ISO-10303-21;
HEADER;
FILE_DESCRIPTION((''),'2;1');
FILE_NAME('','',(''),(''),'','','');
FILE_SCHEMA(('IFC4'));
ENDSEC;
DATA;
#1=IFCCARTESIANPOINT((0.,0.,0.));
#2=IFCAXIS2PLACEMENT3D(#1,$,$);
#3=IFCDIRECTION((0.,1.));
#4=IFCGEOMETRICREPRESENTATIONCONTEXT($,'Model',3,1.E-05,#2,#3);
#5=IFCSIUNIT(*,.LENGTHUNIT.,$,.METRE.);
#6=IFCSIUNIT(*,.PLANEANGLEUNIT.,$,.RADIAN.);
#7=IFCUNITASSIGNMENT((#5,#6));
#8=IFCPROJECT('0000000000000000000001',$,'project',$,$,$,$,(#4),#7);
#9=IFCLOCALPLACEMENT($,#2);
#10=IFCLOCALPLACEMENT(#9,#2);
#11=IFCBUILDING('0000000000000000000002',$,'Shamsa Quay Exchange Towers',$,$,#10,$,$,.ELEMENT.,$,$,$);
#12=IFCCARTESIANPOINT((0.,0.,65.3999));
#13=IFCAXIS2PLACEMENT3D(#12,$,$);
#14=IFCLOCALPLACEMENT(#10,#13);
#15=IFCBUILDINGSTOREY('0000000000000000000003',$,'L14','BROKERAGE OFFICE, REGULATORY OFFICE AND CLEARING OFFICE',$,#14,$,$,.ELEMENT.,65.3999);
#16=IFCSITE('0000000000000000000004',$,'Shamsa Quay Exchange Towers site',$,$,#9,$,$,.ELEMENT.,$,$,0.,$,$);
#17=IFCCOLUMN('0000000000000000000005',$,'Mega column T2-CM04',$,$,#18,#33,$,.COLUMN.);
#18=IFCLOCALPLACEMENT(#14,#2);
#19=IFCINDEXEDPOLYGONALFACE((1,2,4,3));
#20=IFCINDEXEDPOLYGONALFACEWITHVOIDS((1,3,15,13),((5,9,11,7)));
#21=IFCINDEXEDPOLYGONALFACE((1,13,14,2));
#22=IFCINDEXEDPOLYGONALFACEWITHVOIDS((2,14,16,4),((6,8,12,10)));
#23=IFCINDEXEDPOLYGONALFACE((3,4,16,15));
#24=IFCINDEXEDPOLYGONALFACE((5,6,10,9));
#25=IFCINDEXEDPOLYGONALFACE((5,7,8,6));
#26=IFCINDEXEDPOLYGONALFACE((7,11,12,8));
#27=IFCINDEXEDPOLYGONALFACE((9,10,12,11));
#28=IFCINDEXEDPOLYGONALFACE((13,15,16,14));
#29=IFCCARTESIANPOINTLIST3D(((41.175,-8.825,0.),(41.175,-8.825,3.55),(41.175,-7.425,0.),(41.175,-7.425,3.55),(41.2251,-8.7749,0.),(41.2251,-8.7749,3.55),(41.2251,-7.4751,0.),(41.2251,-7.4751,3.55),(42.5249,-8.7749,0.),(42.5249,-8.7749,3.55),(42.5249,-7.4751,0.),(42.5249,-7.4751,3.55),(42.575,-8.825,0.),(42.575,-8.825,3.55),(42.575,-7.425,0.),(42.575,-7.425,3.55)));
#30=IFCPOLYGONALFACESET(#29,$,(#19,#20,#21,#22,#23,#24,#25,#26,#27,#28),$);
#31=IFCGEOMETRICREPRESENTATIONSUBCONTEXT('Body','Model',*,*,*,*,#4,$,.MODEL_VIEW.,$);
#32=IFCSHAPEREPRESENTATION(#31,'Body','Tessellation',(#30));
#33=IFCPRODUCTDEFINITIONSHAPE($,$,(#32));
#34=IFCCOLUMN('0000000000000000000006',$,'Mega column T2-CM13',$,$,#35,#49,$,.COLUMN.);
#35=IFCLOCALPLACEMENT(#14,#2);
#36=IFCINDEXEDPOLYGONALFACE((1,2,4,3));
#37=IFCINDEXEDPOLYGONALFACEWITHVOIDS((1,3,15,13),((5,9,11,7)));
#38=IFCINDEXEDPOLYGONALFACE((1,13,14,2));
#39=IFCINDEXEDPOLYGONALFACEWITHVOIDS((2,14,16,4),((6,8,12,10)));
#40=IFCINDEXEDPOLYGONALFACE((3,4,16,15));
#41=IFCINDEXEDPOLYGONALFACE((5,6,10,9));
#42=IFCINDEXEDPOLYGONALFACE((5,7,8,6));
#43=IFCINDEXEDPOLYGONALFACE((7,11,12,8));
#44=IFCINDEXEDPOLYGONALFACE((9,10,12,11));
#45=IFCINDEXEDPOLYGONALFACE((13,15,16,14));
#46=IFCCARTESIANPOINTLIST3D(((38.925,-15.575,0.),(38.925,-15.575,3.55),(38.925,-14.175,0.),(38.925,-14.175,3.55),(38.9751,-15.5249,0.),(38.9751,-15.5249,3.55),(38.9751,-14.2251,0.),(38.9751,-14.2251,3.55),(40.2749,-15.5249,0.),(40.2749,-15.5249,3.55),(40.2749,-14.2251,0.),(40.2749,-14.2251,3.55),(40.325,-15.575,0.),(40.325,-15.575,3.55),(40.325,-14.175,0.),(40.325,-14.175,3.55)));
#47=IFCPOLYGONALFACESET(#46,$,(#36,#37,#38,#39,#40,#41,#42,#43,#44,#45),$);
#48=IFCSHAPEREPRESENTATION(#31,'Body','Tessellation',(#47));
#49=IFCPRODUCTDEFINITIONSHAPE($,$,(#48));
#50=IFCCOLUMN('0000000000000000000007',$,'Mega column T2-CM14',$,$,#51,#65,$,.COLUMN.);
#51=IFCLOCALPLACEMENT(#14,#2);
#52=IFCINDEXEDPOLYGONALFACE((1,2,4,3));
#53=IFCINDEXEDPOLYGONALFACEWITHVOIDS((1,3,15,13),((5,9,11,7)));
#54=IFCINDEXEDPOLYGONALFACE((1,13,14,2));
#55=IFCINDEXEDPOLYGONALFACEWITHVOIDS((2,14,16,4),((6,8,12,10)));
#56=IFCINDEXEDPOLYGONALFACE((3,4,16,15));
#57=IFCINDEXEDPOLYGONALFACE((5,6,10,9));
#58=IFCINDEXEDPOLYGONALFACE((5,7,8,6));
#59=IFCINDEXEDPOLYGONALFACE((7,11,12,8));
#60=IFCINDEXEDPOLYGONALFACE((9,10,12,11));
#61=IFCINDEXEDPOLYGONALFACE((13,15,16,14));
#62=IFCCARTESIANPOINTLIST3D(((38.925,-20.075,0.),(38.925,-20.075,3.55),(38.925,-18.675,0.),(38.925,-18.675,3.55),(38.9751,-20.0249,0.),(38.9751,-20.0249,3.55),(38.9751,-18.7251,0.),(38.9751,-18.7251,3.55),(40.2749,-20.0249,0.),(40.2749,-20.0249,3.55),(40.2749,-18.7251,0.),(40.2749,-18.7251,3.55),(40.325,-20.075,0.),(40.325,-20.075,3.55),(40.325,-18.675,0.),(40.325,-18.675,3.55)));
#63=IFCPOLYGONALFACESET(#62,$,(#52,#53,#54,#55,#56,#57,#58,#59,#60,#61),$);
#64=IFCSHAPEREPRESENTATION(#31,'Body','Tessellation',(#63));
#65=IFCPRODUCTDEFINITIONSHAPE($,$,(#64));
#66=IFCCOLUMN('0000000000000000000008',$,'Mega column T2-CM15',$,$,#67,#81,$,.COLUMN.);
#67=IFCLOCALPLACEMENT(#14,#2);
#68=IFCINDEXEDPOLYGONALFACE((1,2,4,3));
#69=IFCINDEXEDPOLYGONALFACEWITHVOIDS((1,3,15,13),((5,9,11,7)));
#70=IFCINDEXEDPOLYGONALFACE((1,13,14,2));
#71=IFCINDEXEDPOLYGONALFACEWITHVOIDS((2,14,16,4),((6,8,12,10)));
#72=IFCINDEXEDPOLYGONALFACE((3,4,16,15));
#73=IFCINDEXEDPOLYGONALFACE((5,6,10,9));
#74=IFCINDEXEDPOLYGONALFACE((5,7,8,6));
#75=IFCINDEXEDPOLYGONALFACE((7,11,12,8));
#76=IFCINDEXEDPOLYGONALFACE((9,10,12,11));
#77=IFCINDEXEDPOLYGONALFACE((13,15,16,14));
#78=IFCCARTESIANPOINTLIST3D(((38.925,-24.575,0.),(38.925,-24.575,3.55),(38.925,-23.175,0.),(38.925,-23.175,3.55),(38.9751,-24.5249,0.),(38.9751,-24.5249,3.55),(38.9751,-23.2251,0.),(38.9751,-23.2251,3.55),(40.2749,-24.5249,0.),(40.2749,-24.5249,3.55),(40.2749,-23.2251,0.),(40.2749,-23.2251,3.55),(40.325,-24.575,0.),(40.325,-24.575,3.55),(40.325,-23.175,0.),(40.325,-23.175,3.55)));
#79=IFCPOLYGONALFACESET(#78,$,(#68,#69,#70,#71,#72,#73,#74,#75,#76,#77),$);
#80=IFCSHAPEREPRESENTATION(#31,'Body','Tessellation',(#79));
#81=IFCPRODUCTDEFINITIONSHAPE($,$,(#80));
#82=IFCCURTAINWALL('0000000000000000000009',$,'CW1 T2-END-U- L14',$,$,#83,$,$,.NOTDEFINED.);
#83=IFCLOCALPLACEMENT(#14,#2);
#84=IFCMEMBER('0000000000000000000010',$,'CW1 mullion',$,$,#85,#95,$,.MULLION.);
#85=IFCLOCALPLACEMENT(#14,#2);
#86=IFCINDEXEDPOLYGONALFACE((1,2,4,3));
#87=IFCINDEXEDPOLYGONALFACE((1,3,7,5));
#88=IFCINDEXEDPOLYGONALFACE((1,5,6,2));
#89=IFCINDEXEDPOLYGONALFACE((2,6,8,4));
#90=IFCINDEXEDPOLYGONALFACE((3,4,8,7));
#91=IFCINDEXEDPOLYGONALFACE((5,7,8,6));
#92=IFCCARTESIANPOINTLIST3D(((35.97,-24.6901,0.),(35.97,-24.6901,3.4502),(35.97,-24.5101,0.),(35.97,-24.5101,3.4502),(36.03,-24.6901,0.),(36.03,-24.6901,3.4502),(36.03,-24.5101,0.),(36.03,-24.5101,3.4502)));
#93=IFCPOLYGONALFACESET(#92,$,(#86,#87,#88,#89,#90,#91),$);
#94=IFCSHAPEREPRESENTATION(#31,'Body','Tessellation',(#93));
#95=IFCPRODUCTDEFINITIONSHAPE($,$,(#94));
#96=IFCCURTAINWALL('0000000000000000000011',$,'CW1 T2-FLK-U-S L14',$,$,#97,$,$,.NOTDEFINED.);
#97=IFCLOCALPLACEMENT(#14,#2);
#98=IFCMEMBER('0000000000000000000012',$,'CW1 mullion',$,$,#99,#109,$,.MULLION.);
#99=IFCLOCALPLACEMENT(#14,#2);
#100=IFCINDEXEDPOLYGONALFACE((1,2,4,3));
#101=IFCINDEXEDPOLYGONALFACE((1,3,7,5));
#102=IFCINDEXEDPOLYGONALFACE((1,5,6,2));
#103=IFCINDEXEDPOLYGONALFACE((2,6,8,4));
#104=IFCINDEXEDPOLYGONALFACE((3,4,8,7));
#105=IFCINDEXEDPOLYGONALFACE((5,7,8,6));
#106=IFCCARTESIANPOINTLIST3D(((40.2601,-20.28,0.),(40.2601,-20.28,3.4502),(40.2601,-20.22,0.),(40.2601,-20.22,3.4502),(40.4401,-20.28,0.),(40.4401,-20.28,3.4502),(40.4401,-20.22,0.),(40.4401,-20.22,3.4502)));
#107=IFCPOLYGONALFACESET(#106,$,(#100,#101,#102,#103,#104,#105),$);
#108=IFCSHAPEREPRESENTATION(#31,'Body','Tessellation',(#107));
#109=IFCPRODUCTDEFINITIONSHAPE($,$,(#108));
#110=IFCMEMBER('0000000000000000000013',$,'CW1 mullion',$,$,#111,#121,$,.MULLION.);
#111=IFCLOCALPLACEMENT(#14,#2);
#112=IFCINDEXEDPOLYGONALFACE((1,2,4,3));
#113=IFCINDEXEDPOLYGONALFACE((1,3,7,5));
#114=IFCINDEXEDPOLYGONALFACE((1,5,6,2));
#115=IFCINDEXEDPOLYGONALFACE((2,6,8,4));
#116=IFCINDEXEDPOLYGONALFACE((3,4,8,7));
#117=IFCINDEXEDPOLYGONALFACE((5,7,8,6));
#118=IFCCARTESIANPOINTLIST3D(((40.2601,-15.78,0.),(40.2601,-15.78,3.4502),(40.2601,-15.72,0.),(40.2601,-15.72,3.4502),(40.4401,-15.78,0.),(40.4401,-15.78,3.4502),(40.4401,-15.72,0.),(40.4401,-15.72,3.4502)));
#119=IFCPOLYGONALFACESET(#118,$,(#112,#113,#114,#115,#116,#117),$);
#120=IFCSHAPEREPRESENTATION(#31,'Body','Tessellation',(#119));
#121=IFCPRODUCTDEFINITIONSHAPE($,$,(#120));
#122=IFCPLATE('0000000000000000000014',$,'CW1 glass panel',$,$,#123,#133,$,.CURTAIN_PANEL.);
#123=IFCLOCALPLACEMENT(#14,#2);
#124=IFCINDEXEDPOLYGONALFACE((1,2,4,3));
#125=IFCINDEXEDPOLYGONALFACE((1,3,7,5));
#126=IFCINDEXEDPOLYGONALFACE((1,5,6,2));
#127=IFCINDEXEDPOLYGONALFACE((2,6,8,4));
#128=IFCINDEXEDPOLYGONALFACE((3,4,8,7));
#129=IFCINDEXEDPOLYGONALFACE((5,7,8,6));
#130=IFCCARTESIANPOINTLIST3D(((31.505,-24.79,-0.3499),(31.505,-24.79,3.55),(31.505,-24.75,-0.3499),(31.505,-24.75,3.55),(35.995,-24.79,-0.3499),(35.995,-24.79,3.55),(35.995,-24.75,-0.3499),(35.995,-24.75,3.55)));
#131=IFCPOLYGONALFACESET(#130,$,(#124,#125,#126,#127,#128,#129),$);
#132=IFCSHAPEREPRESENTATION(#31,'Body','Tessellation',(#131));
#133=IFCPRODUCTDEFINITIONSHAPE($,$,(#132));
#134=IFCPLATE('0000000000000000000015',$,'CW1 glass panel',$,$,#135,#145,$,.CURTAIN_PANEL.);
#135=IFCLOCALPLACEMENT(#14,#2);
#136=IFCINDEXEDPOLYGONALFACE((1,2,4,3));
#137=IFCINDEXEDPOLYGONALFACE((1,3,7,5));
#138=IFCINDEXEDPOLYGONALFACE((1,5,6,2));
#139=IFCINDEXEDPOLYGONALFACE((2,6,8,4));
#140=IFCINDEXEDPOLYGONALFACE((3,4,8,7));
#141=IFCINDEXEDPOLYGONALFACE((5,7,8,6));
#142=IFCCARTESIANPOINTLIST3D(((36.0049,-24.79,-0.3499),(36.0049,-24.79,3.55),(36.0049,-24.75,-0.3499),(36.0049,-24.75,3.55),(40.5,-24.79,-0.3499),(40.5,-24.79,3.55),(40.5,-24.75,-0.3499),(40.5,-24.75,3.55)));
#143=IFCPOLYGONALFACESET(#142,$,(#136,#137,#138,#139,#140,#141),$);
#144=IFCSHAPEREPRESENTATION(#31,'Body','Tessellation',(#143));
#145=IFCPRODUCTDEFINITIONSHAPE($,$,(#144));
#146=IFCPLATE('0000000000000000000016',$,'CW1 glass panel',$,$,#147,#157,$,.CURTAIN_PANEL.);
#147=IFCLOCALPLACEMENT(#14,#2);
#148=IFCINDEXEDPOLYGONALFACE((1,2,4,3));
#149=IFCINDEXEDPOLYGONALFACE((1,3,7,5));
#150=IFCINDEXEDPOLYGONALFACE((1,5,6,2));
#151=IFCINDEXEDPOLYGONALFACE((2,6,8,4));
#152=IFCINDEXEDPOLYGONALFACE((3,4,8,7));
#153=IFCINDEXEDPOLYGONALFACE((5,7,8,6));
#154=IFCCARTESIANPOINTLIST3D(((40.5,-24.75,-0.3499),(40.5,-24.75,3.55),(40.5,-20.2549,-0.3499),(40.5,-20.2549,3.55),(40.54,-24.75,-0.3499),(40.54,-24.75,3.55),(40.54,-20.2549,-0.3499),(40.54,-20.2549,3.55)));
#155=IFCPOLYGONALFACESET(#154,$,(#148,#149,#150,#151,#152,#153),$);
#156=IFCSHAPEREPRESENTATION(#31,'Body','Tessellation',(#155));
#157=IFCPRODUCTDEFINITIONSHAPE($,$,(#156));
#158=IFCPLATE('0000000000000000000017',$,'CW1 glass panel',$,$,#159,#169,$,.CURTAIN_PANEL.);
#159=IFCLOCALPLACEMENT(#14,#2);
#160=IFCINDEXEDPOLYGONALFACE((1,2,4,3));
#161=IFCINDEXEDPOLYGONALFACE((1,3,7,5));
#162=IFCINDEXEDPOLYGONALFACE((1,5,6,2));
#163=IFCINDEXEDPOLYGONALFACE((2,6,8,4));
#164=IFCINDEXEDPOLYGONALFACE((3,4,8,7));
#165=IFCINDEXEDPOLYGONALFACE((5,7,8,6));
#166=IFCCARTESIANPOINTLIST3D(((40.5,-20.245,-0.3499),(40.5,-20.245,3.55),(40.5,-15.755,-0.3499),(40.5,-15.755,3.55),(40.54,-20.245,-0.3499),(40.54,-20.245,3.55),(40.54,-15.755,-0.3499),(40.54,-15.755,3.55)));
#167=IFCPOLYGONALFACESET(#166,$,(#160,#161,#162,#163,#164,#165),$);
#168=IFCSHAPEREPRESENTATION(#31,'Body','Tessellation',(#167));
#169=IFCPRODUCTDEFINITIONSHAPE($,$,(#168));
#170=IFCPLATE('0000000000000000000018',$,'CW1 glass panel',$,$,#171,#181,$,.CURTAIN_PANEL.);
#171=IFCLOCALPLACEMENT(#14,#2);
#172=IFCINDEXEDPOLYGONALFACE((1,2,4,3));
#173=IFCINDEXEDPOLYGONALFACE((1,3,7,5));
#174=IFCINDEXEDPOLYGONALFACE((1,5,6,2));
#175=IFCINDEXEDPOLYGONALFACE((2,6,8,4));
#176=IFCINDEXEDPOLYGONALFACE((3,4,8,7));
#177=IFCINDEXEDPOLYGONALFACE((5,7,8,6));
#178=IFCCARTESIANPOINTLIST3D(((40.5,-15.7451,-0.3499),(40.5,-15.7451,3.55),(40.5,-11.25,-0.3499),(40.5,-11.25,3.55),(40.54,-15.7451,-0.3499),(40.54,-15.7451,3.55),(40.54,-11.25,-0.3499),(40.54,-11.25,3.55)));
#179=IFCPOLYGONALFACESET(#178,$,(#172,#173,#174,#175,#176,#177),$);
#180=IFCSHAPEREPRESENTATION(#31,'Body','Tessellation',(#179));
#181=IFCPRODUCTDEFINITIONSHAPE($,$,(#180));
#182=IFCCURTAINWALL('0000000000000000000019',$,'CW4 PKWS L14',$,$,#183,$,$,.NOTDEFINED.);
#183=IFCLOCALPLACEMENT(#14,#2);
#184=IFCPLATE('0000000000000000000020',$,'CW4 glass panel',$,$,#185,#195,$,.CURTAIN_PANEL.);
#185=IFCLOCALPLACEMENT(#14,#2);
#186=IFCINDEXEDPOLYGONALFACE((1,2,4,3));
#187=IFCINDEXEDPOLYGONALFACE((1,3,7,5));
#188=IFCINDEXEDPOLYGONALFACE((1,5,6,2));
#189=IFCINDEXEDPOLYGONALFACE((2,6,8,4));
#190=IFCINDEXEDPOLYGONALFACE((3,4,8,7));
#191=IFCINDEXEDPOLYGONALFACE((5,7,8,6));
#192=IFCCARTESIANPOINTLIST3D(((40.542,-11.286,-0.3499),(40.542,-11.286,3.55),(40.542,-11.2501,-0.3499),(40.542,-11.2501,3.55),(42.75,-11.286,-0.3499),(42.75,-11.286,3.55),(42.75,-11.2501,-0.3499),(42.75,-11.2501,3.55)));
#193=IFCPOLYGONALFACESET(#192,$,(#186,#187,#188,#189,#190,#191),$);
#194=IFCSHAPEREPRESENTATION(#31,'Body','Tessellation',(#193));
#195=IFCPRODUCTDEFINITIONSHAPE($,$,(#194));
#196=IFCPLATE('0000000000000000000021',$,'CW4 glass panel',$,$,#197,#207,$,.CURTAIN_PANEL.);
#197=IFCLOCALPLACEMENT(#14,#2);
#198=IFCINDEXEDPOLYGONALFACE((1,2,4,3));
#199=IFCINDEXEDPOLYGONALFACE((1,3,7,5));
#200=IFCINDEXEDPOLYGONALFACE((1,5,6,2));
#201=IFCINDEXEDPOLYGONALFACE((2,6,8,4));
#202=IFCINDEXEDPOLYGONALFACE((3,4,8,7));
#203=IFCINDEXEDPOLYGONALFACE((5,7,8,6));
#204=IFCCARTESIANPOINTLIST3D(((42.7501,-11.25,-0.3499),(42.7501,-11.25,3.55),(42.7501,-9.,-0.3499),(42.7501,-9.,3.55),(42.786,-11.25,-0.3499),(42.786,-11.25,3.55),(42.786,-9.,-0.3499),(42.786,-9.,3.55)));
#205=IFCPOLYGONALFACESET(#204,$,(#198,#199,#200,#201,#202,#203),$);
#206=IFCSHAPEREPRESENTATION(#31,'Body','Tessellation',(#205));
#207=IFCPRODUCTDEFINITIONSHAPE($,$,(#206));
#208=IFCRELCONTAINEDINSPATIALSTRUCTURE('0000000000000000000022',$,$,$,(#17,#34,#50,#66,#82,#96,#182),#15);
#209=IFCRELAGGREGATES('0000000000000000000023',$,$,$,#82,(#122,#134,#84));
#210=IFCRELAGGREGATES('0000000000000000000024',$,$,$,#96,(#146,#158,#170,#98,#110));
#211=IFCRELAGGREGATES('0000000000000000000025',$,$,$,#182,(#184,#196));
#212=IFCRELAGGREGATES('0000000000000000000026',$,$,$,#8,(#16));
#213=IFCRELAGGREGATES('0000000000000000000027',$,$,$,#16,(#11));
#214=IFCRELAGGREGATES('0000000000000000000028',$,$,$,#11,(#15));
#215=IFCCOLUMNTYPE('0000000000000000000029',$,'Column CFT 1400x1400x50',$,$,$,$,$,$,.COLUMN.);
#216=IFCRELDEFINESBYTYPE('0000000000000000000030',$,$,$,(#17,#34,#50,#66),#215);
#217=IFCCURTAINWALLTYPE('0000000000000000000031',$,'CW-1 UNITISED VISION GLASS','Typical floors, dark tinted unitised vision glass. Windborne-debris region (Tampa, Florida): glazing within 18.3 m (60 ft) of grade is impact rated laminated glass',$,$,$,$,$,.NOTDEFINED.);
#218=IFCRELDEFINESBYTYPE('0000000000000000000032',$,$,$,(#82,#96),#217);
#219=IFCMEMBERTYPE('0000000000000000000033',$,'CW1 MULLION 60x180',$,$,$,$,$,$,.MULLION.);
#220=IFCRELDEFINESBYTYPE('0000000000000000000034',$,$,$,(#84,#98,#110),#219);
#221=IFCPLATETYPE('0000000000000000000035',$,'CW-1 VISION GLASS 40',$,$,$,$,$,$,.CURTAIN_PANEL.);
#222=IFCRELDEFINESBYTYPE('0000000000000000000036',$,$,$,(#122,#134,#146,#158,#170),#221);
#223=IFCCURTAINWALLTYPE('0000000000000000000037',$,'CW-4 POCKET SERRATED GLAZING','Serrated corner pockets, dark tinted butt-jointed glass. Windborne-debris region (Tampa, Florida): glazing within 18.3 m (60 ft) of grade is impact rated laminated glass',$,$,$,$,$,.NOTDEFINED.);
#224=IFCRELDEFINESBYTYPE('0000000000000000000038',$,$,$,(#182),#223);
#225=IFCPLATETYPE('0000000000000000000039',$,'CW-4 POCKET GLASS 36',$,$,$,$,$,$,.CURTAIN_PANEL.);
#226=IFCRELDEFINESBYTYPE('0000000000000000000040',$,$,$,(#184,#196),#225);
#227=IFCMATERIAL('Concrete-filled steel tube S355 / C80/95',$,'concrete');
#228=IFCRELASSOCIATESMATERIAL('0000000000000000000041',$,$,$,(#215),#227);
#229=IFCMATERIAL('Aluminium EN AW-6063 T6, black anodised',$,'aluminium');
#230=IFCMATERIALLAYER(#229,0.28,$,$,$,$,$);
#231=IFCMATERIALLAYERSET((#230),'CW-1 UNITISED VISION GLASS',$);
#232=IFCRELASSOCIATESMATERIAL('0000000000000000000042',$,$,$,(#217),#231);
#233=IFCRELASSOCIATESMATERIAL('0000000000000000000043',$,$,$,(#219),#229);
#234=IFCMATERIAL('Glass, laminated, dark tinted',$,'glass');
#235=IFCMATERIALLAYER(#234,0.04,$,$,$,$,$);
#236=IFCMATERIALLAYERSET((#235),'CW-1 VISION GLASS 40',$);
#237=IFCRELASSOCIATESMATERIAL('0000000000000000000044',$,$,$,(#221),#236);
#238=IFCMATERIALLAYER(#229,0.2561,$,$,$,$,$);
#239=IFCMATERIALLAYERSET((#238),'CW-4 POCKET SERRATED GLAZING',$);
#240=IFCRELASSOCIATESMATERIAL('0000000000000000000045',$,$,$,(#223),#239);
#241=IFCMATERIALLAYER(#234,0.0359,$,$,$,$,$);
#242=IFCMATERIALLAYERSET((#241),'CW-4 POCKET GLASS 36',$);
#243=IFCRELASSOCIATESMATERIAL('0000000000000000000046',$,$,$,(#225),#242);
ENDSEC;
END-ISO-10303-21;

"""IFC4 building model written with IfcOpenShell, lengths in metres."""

from ifc_helpers import new_model, si_unit, direction, frame, origin, origin_2d, place, context, subcontext, project, spatial, rectangle, hollow_rectangle, extrude, material, layer, layer_set, material_profile, profile_set, type_object, element, aggregate, save


model = new_model("IFC4")

# Units and contexts
model_context = context("Model", 3, precision=1e-05, world=origin(), true_north=direction((0.0, 1.0)))
body_context = subcontext(model_context, "Body", "Model", "MODEL_VIEW")
ifc_project = project(units=[si_unit("LENGTHUNIT", "METRE"), si_unit("PLANEANGLEUNIT", "RADIAN")], contexts=[model_context])

# Site, building, storey
site_placement = place(None, origin())
site = spatial("IfcSite", under=ifc_project, at=site_placement, Name="Shamsa Quay Exchange Towers site", CompositionType="ELEMENT", RefElevation=0.0)
building_placement = place(site_placement, origin())
building = spatial("IfcBuilding", under=site, at=building_placement, Name="Shamsa Quay Exchange Towers", CompositionType="ELEMENT")
storey_placement = place(building_placement, frame((0.0, 0.0, 65.3999)))
storey = spatial("IfcBuildingStorey", under=building, at=storey_placement, Name="L14", Description="BROKERAGE OFFICE, REGULATORY OFFICE AND CLEARING OFFICE", CompositionType="ELEMENT", Elevation=65.3999)

# Columns
ifc_material_1 = material(Name="Concrete-filled steel tube S355 / C80/95", Category="concrete")
ifc_material_profile_1 = material_profile(ifc_material_1, hollow_rectangle(XDim=1.3999, YDim=1.3999, WallThickness=0.05, at=origin_2d()), Name="CFT 1400x1400x50")
ifc_profile_set_1 = profile_set([ifc_material_profile_1], Name="Concrete-filled steel tube S355 / C80/95")
column_type = type_object("IfcColumnType", Name="Column CFT 1400x1400x50", PredefinedType="COLUMN", material=ifc_profile_set_1)
for number, where, name in (
    (1, (41.875, -8.125, 0.0), "Mega column T2-CM04"),
    (2, (39.625, -14.875, 0.0), "Mega column T2-CM13"),
    (3, (39.625, -19.375, 0.0), "Mega column T2-CM14"),
    (4, (39.625, -23.875, 0.0), "Mega column T2-CM15"),
):
    element("IfcColumn", number, at=place(storey_placement, frame(where)), inside=storey, type_object=column_type, Name=name, PredefinedType="COLUMN", context=body_context, shape_type="SweptSolid", body=[
        extrude(hollow_rectangle(XDim=1.3999, YDim=1.3999, WallThickness=0.05, at=origin_2d()), origin(), (0.0, 0.0, 1.0), 3.55),
    ])

# Curtain wall, member
ifc_material_2 = material(Name="Aluminium EN AW-6063 T6, black anodised", Category="aluminium")
ifc_layer_1 = layer(ifc_material_2, 0.28)
ifc_layer_set_1 = layer_set([ifc_layer_1], Name="CW-1 UNITISED VISION GLASS")
curtain_wall_type_1 = type_object("IfcCurtainWallType", Name="CW-1 UNITISED VISION GLASS", Description="Typical floors, dark tinted unitised vision glass. Windborne-debris region (Tampa, Florida): glazing within 18.3 m (60 ft) of grade is impact rated laminated glass", PredefinedType="NOTDEFINED", material=ifc_layer_set_1)
curtain_wall_1_placement = place(storey_placement, origin())
curtain_wall_1 = element("IfcCurtainWall", 5, at=curtain_wall_1_placement, inside=storey, type_object=curtain_wall_type_1, Name="CW1 T2-END-U- L14", PredefinedType="NOTDEFINED")
ifc_material_profile_2 = material_profile(ifc_material_2, rectangle(XDim=0.1799, YDim=0.0601, at=origin_2d()), Name="MU60x180")
ifc_profile_set_2 = profile_set([ifc_material_profile_2], Name="Aluminium EN AW-6063 T6, black anodised")
member_type = type_object("IfcMemberType", Name="CW1 MULLION 60x180", PredefinedType="MULLION", material=ifc_profile_set_2)
member_1_placement = place(storey_placement, frame((36.0, -24.6001, 0.0), z_axis=(0.0, 0.0, 1.0), x_axis=(0.0, 1.0, 0.0)))
member_1 = element("IfcMember", 6, at=member_1_placement, type_object=member_type, Name="CW1 mullion", PredefinedType="MULLION", context=body_context, shape_type="SweptSolid", body=[
    extrude(rectangle(XDim=0.1799, YDim=0.0601, at=origin_2d()), origin(), (0.0, 0.0, 1.0), 3.4502),
])

# Curtain wall, members
curtain_wall_2_placement = place(storey_placement, origin())
curtain_wall_2 = element("IfcCurtainWall", 7, at=curtain_wall_2_placement, inside=storey, type_object=curtain_wall_type_1, Name="CW1 T2-FLK-U-S L14", PredefinedType="NOTDEFINED")
member_2_placement = place(storey_placement, frame((40.3501, -20.25, 0.0), z_axis=(0.0, 0.0, 1.0), x_axis=(-1.0, 0.0, 0.0)))
member_2 = element("IfcMember", 8, at=member_2_placement, type_object=member_type, Name="CW1 mullion", PredefinedType="MULLION", context=body_context, shape_type="SweptSolid", body=[
    extrude(rectangle(XDim=0.1799, YDim=0.0601, at=origin_2d()), origin(), (0.0, 0.0, 1.0), 3.4502),
])
member_3_placement = place(storey_placement, frame((40.3501, -15.75, 0.0), z_axis=(0.0, 0.0, 1.0), x_axis=(-1.0, 0.0, 0.0)))
member_3 = element("IfcMember", 9, at=member_3_placement, type_object=member_type, Name="CW1 mullion", PredefinedType="MULLION", context=body_context, shape_type="SweptSolid", body=[
    extrude(rectangle(XDim=0.1799, YDim=0.0601, at=origin_2d()), origin(), (0.0, 0.0, 1.0), 3.4502),
])

# Plates
ifc_material_3 = material(Name="Glass, laminated, dark tinted", Category="glass")
ifc_layer_2 = layer(ifc_material_3, 0.04)
ifc_layer_set_2 = layer_set([ifc_layer_2], Name="CW-1 VISION GLASS 40")
plate_type_1 = type_object("IfcPlateType", Name="CW-1 VISION GLASS 40", PredefinedType="CURTAIN_PANEL", material=ifc_layer_set_2)
plate_1_placement = place(storey_placement, frame((33.75, -24.77, -0.3499)))
plate_1 = element("IfcPlate", 10, at=plate_1_placement, type_object=plate_type_1, Name="CW1 glass panel", PredefinedType="CURTAIN_PANEL", context=body_context, shape_type="SweptSolid", body=[
    extrude(rectangle(XDim=4.49, YDim=0.04, at=origin_2d()), origin(), (0.0, 0.0, 1.0), 3.8999),
])
plate_2_placement = place(storey_placement, frame((38.2524, -24.77, -0.3499)))
plate_2 = element("IfcPlate", 11, at=plate_2_placement, type_object=plate_type_1, Name="CW1 glass panel", PredefinedType="CURTAIN_PANEL", context=body_context, shape_type="SweptSolid", body=[
    extrude(rectangle(XDim=4.4951, YDim=0.04, at=origin_2d()), origin(), (0.0, 0.0, 1.0), 3.8999),
])
aggregate(curtain_wall_1, [plate_1, plate_2, member_1])
plate_3_placement = place(storey_placement, frame((40.52, -22.5024, -0.3499), z_axis=(0.0, 0.0, 1.0), x_axis=(0.0, 1.0, 0.0)))
plate_3 = element("IfcPlate", 12, at=plate_3_placement, type_object=plate_type_1, Name="CW1 glass panel", PredefinedType="CURTAIN_PANEL", context=body_context, shape_type="SweptSolid", body=[
    extrude(rectangle(XDim=4.4951, YDim=0.04, at=origin_2d()), origin(), (0.0, 0.0, 1.0), 3.8999),
])
plate_4_placement = place(storey_placement, frame((40.52, -18.0, -0.3499), z_axis=(0.0, 0.0, 1.0), x_axis=(0.0, 1.0, 0.0)))
plate_4 = element("IfcPlate", 13, at=plate_4_placement, type_object=plate_type_1, Name="CW1 glass panel", PredefinedType="CURTAIN_PANEL", context=body_context, shape_type="SweptSolid", body=[
    extrude(rectangle(XDim=4.49, YDim=0.04, at=origin_2d()), origin(), (0.0, 0.0, 1.0), 3.8999),
])
plate_5_placement = place(storey_placement, frame((40.52, -13.4976, -0.3499), z_axis=(0.0, 0.0, 1.0), x_axis=(0.0, 1.0, 0.0)))
plate_5 = element("IfcPlate", 14, at=plate_5_placement, type_object=plate_type_1, Name="CW1 glass panel", PredefinedType="CURTAIN_PANEL", context=body_context, shape_type="SweptSolid", body=[
    extrude(rectangle(XDim=4.4951, YDim=0.04, at=origin_2d()), origin(), (0.0, 0.0, 1.0), 3.8999),
])
aggregate(curtain_wall_2, [plate_3, plate_4, plate_5, member_2, member_3])

# Curtain wall, plates
ifc_layer_3 = layer(ifc_material_2, 0.2561)
ifc_layer_set_3 = layer_set([ifc_layer_3], Name="CW-4 POCKET SERRATED GLAZING")
curtain_wall_type_2 = type_object("IfcCurtainWallType", Name="CW-4 POCKET SERRATED GLAZING", Description="Serrated corner pockets, dark tinted butt-jointed glass. Windborne-debris region (Tampa, Florida): glazing within 18.3 m (60 ft) of grade is impact rated laminated glass", PredefinedType="NOTDEFINED", material=ifc_layer_set_3)
curtain_wall_3_placement = place(storey_placement, origin())
curtain_wall_3 = element("IfcCurtainWall", 15, at=curtain_wall_3_placement, inside=storey, type_object=curtain_wall_type_2, Name="CW4 PKWS L14", PredefinedType="NOTDEFINED")
ifc_layer_4 = layer(ifc_material_3, 0.0359)
ifc_layer_set_4 = layer_set([ifc_layer_4], Name="CW-4 POCKET GLASS 36")
plate_type_2 = type_object("IfcPlateType", Name="CW-4 POCKET GLASS 36", PredefinedType="CURTAIN_PANEL", material=ifc_layer_set_4)
plate_6_placement = place(storey_placement, frame((41.646, -11.2681, -0.3499)))
plate_6 = element("IfcPlate", 16, at=plate_6_placement, type_object=plate_type_2, Name="CW4 glass panel", PredefinedType="CURTAIN_PANEL", context=body_context, shape_type="SweptSolid", body=[
    extrude(rectangle(XDim=2.208, YDim=0.0359, at=origin_2d()), origin(), (0.0, 0.0, 1.0), 3.8999),
])
plate_7_placement = place(storey_placement, frame((42.7681, -10.125, -0.3499), z_axis=(0.0, 0.0, 1.0), x_axis=(0.0, 1.0, 0.0)))
plate_7 = element("IfcPlate", 17, at=plate_7_placement, type_object=plate_type_2, Name="CW4 glass panel", PredefinedType="CURTAIN_PANEL", context=body_context, shape_type="SweptSolid", body=[
    extrude(rectangle(XDim=2.25, YDim=0.0359, at=origin_2d()), origin(), (0.0, 0.0, 1.0), 3.8999),
])
aggregate(curtain_wall_3, [plate_6, plate_7])

save(model, "model.ifc")
